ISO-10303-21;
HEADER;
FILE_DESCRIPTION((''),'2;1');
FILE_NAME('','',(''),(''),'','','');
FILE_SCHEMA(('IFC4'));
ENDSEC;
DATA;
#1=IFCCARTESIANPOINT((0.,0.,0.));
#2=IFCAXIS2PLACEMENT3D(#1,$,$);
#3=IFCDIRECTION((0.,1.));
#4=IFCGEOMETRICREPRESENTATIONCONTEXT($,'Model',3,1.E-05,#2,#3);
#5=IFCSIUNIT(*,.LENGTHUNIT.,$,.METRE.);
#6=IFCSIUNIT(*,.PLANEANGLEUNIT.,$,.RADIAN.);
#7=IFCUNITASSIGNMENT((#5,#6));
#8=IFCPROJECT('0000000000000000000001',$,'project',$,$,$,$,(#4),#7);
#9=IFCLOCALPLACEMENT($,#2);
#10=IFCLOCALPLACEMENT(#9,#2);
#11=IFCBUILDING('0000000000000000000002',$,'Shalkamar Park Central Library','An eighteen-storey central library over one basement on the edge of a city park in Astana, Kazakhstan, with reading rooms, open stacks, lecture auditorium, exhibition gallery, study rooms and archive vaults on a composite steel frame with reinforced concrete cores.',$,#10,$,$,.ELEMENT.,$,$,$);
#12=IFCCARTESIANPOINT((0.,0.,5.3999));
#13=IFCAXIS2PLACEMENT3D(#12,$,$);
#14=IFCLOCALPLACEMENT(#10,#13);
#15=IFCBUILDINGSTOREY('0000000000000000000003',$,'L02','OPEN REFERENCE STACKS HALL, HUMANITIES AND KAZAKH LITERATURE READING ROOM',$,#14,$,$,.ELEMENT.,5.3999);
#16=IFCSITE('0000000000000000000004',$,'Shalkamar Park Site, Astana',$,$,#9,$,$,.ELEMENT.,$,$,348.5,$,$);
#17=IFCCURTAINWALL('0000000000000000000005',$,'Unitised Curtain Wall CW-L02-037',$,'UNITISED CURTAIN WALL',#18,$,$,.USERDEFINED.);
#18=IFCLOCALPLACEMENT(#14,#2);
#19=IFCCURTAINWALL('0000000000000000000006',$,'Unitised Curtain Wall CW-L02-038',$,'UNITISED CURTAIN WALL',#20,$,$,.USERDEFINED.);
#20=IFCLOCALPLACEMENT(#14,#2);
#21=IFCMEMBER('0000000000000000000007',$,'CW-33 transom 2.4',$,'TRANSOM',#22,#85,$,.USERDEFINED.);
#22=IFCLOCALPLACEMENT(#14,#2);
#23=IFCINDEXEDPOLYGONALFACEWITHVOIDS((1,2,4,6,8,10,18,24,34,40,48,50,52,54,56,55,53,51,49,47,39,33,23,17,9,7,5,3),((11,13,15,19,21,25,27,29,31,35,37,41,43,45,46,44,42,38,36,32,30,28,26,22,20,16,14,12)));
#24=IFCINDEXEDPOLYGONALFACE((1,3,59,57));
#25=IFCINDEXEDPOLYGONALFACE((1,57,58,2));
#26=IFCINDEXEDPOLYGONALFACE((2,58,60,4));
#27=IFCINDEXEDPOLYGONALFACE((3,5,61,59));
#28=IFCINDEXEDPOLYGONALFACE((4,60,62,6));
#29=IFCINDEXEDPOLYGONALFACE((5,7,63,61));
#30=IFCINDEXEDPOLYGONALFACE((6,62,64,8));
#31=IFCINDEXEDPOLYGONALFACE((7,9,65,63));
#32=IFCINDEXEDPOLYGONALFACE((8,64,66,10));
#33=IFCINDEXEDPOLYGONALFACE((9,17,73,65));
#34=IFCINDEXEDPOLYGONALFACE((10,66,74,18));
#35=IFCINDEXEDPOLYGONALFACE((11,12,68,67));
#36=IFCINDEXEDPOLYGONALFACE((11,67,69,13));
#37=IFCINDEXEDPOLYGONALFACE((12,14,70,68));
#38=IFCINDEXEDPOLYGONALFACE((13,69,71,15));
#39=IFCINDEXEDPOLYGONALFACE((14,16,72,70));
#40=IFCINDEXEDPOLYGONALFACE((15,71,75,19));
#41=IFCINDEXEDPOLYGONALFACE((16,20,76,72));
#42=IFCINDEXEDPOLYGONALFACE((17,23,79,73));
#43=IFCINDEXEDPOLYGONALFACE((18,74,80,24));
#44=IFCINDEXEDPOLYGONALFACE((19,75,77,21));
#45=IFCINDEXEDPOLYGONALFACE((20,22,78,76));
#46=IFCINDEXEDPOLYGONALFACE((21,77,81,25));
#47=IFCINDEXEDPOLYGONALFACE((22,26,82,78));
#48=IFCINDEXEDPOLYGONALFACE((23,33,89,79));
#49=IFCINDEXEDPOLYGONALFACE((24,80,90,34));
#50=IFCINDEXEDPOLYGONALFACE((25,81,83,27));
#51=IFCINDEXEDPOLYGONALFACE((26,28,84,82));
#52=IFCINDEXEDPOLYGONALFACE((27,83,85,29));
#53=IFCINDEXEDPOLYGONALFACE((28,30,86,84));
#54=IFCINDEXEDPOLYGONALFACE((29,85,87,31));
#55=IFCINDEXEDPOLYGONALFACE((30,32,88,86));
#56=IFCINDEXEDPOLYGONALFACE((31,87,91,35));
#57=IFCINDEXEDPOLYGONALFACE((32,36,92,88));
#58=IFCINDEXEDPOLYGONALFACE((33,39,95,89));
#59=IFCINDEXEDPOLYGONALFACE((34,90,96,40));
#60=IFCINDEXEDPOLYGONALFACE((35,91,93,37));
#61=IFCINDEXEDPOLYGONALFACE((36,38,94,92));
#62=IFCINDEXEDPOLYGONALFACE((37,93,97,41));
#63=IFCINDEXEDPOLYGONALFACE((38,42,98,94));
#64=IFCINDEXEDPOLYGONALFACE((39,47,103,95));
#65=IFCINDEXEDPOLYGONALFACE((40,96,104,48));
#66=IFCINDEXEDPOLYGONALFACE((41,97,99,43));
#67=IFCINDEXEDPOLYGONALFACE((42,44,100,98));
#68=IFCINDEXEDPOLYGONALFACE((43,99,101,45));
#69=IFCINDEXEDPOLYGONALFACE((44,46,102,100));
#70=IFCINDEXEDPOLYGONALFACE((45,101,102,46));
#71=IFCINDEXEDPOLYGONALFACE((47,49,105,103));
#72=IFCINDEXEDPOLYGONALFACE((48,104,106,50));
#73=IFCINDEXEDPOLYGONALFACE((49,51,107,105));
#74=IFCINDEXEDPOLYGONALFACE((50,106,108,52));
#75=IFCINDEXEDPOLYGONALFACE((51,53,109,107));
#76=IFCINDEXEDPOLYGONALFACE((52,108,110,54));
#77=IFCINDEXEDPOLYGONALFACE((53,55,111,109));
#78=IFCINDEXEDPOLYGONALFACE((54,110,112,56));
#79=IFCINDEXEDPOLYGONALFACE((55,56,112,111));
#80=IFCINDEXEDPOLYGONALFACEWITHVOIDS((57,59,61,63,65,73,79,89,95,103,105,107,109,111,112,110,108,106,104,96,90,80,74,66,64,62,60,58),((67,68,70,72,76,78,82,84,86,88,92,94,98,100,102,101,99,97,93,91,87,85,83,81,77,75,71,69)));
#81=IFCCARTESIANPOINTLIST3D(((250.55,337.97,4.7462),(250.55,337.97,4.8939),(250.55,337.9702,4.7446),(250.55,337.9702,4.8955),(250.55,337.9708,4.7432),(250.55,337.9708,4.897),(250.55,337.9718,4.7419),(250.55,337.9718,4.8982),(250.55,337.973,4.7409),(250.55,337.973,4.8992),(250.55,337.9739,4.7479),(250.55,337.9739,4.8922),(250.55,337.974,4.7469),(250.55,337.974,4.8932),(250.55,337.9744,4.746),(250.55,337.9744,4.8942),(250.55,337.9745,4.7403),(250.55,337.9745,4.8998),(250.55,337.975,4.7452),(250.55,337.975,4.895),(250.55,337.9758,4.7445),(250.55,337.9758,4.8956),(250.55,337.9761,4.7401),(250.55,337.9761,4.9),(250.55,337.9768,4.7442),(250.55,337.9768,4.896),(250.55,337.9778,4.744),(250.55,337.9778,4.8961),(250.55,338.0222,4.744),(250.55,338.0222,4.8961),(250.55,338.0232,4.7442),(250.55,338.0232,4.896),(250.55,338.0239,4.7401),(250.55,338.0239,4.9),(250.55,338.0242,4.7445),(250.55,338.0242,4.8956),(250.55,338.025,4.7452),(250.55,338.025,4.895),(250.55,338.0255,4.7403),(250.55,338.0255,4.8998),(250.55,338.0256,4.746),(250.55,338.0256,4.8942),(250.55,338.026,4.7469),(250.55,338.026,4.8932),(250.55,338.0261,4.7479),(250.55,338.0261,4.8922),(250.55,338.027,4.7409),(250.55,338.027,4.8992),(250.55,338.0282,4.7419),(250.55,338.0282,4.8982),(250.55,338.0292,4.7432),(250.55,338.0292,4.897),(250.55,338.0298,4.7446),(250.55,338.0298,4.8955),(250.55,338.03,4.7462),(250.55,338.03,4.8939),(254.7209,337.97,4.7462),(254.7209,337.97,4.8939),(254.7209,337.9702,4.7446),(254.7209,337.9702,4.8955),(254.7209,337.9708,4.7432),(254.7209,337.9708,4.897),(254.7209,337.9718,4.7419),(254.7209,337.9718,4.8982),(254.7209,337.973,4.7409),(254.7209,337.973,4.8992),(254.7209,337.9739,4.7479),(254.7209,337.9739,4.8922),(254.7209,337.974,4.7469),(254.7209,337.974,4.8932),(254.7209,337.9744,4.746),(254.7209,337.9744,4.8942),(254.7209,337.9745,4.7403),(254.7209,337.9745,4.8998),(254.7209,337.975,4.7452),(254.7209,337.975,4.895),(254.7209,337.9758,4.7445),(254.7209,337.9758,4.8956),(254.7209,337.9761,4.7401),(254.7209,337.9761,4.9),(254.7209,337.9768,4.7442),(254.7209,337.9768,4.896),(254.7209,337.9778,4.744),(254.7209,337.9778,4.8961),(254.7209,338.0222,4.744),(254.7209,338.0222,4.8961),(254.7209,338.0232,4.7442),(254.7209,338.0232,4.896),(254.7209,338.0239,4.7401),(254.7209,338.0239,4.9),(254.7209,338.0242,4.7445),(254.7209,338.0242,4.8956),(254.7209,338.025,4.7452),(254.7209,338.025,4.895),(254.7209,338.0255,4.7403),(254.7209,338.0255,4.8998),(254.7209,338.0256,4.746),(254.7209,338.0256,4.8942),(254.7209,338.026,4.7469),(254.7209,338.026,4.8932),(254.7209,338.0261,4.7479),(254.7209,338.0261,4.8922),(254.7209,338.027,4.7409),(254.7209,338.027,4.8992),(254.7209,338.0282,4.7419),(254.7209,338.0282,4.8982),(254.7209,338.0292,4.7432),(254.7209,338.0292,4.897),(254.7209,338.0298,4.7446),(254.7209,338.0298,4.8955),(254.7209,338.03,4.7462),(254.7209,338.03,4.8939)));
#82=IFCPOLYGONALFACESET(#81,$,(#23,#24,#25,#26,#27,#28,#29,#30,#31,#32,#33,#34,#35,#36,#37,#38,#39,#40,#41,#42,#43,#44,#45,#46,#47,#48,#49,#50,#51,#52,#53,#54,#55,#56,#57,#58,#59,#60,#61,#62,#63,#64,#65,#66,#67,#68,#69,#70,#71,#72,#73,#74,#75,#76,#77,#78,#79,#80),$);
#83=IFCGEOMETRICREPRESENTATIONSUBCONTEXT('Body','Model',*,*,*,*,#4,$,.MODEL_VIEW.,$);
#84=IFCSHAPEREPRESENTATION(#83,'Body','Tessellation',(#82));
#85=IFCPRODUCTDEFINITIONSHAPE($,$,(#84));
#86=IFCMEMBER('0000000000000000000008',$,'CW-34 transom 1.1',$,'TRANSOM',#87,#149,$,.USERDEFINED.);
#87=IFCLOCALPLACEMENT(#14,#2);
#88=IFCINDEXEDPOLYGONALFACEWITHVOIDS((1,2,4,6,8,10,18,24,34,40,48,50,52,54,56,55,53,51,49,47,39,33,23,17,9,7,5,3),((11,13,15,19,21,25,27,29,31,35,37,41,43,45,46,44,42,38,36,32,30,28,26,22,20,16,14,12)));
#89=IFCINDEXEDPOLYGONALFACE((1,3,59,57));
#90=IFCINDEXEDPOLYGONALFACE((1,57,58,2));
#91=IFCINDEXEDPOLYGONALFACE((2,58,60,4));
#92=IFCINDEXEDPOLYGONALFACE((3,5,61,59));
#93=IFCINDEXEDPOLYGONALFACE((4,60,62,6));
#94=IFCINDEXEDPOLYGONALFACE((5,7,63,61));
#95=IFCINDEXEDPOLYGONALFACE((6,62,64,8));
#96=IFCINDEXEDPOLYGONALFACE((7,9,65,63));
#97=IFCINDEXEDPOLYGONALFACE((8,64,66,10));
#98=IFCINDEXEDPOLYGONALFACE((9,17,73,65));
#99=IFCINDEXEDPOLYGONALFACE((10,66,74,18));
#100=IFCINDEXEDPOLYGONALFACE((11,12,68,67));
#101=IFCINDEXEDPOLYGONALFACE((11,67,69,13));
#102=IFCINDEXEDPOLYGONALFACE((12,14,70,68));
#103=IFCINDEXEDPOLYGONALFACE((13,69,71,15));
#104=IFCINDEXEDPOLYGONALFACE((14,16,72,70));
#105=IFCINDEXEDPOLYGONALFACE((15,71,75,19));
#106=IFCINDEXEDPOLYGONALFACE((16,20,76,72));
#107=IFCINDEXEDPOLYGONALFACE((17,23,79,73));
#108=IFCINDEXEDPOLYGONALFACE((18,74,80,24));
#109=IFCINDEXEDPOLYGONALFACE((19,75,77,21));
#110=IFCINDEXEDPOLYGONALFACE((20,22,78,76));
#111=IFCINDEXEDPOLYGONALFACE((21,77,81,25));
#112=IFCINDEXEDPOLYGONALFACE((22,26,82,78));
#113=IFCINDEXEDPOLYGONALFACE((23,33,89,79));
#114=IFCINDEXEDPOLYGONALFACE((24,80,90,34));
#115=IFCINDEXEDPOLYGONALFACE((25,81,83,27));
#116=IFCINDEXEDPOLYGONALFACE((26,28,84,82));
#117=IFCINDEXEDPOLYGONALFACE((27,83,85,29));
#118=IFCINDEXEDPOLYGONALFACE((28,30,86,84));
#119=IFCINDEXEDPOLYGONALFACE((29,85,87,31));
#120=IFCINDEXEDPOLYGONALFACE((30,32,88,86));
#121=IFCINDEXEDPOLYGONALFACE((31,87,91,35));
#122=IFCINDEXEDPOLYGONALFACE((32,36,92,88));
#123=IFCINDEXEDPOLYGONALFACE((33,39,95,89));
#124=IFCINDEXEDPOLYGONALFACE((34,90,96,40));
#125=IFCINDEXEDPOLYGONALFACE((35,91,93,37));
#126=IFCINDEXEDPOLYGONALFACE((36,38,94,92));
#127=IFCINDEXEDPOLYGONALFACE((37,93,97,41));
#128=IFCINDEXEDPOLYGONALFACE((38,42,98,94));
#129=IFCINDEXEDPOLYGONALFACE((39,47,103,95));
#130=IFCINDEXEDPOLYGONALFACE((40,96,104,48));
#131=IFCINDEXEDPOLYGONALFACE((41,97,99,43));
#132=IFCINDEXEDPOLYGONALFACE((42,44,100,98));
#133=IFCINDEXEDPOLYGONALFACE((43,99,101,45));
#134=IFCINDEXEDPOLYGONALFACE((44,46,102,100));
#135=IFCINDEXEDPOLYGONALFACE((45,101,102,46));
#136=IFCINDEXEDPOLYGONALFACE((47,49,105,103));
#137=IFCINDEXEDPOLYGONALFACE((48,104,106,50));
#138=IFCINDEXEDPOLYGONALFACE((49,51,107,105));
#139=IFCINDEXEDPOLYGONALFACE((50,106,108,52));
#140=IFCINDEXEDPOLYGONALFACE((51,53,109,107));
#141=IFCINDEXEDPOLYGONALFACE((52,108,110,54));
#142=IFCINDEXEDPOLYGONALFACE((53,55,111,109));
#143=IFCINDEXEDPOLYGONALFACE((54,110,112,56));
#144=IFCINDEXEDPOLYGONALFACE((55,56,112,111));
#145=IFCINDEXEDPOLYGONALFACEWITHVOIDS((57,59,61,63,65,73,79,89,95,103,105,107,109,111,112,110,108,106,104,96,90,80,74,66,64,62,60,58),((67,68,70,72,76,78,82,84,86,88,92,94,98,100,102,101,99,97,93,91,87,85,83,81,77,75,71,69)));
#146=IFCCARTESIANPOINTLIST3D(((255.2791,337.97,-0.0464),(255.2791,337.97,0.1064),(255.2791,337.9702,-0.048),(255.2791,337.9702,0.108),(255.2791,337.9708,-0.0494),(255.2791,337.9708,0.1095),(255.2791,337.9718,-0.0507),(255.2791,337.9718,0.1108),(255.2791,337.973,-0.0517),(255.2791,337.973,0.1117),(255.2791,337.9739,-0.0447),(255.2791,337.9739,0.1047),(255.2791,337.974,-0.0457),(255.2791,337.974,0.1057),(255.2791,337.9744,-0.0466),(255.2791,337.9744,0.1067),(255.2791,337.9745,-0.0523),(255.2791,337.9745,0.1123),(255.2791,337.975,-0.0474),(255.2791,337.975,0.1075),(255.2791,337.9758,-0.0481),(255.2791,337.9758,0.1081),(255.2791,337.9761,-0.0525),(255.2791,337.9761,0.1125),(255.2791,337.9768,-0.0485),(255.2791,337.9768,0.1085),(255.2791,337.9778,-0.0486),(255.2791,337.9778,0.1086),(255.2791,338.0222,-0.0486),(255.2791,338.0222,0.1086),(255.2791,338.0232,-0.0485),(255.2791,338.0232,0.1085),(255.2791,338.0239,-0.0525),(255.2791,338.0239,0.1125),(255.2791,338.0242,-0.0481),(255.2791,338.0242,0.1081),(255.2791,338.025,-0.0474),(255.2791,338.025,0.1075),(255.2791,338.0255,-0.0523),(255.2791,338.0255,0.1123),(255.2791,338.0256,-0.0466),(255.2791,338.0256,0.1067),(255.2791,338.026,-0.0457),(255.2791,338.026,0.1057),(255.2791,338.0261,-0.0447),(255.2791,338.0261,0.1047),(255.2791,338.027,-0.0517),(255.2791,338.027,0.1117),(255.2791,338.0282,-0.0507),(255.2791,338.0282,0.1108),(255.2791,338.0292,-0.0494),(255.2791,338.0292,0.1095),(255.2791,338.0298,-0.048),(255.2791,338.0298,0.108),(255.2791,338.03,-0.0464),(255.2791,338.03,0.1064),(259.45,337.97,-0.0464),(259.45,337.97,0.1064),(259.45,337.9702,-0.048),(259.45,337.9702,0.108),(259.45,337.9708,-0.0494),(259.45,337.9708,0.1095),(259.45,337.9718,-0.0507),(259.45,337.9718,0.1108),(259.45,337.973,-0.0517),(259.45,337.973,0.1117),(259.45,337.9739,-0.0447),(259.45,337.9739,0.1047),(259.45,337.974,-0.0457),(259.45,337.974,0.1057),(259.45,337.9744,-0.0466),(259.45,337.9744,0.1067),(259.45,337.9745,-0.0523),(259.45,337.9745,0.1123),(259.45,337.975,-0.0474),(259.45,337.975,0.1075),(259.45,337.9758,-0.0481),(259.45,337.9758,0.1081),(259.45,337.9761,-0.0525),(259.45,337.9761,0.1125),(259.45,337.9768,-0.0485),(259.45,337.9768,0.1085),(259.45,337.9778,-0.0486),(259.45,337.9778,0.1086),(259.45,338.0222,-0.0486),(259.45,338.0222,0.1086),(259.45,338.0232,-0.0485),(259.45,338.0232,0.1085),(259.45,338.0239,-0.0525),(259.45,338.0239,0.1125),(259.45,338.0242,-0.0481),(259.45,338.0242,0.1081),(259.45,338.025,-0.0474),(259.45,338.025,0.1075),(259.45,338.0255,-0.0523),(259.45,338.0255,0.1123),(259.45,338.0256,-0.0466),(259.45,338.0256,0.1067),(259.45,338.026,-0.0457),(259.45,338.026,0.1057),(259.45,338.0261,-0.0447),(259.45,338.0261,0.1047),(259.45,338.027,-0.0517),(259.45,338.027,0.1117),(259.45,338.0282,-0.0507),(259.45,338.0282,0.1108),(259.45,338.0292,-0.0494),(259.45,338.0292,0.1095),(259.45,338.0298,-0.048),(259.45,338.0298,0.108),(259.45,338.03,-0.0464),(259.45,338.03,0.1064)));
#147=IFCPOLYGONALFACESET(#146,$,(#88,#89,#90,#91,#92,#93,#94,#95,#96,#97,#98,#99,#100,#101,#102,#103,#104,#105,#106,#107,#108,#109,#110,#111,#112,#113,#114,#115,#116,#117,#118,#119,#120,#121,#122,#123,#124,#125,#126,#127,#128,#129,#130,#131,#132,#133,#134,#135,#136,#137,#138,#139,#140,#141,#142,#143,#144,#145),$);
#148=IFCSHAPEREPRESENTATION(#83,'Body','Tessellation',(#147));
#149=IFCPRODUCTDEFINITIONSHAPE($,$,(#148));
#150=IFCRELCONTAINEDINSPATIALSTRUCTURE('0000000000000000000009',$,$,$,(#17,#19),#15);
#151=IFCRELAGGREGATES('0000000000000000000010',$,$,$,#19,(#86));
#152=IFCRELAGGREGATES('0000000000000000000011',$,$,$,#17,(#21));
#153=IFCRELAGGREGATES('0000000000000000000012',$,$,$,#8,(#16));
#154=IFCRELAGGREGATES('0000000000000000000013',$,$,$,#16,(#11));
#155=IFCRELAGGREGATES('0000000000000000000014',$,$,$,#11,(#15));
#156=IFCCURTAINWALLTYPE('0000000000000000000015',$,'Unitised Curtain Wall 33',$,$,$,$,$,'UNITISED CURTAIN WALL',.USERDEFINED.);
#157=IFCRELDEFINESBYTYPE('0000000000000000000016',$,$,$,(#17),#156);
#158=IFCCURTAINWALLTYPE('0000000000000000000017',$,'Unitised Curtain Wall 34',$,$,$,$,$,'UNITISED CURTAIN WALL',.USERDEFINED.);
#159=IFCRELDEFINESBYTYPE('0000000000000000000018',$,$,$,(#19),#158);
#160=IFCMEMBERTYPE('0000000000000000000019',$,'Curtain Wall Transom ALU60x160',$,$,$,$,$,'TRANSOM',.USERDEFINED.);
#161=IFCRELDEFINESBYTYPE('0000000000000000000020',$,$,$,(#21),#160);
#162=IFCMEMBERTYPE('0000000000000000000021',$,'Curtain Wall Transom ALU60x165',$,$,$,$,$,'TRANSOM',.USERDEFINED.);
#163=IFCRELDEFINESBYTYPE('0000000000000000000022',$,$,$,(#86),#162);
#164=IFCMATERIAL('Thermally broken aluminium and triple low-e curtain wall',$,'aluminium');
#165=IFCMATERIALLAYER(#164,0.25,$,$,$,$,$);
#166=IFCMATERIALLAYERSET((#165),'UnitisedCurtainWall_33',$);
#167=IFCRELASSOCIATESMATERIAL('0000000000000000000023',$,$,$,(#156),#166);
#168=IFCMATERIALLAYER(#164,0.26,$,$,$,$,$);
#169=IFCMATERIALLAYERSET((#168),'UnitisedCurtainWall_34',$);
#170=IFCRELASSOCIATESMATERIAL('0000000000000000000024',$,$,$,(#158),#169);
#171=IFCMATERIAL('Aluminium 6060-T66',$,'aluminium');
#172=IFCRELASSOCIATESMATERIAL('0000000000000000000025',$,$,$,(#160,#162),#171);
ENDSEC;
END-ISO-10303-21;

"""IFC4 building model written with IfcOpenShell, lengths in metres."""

from ifc_helpers import new_model, si_unit, direction, frame, origin, origin_2d, place, context, subcontext, project, spatial, hollow_rectangle, extrude, material, layer, layer_set, material_profile, profile_set, type_object, element, aggregate, save


model = new_model("IFC4")

# Units and contexts
model_context = context("Model", 3, precision=1e-05, world=origin(), true_north=direction((0.0, 1.0)))
body_context = subcontext(model_context, "Body", "Model", "MODEL_VIEW")
ifc_project = project(units=[si_unit("LENGTHUNIT", "METRE"), si_unit("PLANEANGLEUNIT", "RADIAN")], contexts=[model_context])

# Site, building, storey
site_placement = place(None, origin())
site = spatial("IfcSite", under=ifc_project, at=site_placement, Name="Shalkamar Park Site, Astana", CompositionType="ELEMENT", RefElevation=348.5)
building_placement = place(site_placement, origin())
building = spatial("IfcBuilding", under=site, at=building_placement, Name="Shalkamar Park Central Library", Description="An eighteen-storey central library over one basement on the edge of a city park in Astana, Kazakhstan, with reading rooms, open stacks, lecture auditorium, exhibition gallery, study rooms and archive vaults on a composite steel frame with reinforced concrete cores.", CompositionType="ELEMENT")
storey_placement = place(building_placement, frame((0.0, 0.0, 5.3999)))
storey = spatial("IfcBuildingStorey", under=building, at=storey_placement, Name="L02", Description="OPEN REFERENCE STACKS HALL, HUMANITIES AND KAZAKH LITERATURE READING ROOM", CompositionType="ELEMENT", Elevation=5.3999)

# Curtain walls
ifc_material_1 = material(Name="Thermally broken aluminium and triple low-e curtain wall", Category="aluminium")
ifc_layer_1 = layer(ifc_material_1, 0.25)
ifc_layer_set_1 = layer_set([ifc_layer_1], Name="UnitisedCurtainWall_33")
curtain_wall_type_1 = type_object("IfcCurtainWallType", Name="Unitised Curtain Wall 33", ElementType="UNITISED CURTAIN WALL", PredefinedType="USERDEFINED", material=ifc_layer_set_1)
curtain_wall_1_placement = place(storey_placement, origin())
curtain_wall_1 = element("IfcCurtainWall", 1, at=curtain_wall_1_placement, inside=storey, type_object=curtain_wall_type_1, Name="Unitised Curtain Wall CW-L02-037", ObjectType="UNITISED CURTAIN WALL", PredefinedType="USERDEFINED")
ifc_material_2 = material(Name="Aluminium 6060-T66", Category="aluminium")
ifc_layer_2 = layer(ifc_material_1, 0.26)
ifc_layer_set_2 = layer_set([ifc_layer_2], Name="UnitisedCurtainWall_34")
curtain_wall_type_2 = type_object("IfcCurtainWallType", Name="Unitised Curtain Wall 34", ElementType="UNITISED CURTAIN WALL", PredefinedType="USERDEFINED", material=ifc_layer_set_2)
curtain_wall_2_placement = place(storey_placement, origin())
curtain_wall_2 = element("IfcCurtainWall", 2, at=curtain_wall_2_placement, inside=storey, type_object=curtain_wall_type_2, Name="Unitised Curtain Wall CW-L02-038", ObjectType="UNITISED CURTAIN WALL", PredefinedType="USERDEFINED")

# Members
ifc_material_profile_1 = material_profile(ifc_material_2, hollow_rectangle(XDim=0.0601, YDim=0.1599, WallThickness=0.0039, InnerFilletRadius=0.0039, OuterFilletRadius=0.0061, at=origin_2d()), Name="ALU 60x160x4")
ifc_profile_set_1 = profile_set([ifc_material_profile_1], Name="Aluminium 6060-T66")
member_type_1 = type_object("IfcMemberType", Name="Curtain Wall Transom ALU60x160", ElementType="TRANSOM", PredefinedType="USERDEFINED", material=ifc_profile_set_1)
member_1_placement = place(storey_placement, frame((250.55, 338.0, 4.8201), z_axis=(1.0, 0.0, 0.0), x_axis=(0.0, 1.0, 0.0)))
member_1 = element("IfcMember", 3, at=member_1_placement, type_object=member_type_1, Name="CW-33 transom 2.4", ObjectType="TRANSOM", PredefinedType="USERDEFINED", context=body_context, shape_type="SweptSolid", body=[
    extrude(hollow_rectangle(XDim=0.0601, YDim=0.1599, WallThickness=0.0039, InnerFilletRadius=0.0039, OuterFilletRadius=0.0061, at=origin_2d()), origin(), (0.0, 0.0, 1.0), 4.1709),
])
ifc_material_profile_2 = material_profile(ifc_material_2, hollow_rectangle(XDim=0.0601, YDim=0.165, WallThickness=0.0039, InnerFilletRadius=0.0039, OuterFilletRadius=0.0061, at=origin_2d()), Name="ALU 60x165x4")
ifc_profile_set_2 = profile_set([ifc_material_profile_2], Name="Aluminium 6060-T66")
member_type_2 = type_object("IfcMemberType", Name="Curtain Wall Transom ALU60x165", ElementType="TRANSOM", PredefinedType="USERDEFINED", material=ifc_profile_set_2)
member_2_placement = place(storey_placement, frame((255.2791, 338.0, 0.03), z_axis=(1.0, 0.0, 0.0), x_axis=(0.0, 1.0, 0.0)))
member_2 = element("IfcMember", 4, at=member_2_placement, type_object=member_type_2, Name="CW-34 transom 1.1", ObjectType="TRANSOM", PredefinedType="USERDEFINED", context=body_context, shape_type="SweptSolid", body=[
    extrude(hollow_rectangle(XDim=0.0601, YDim=0.165, WallThickness=0.0039, InnerFilletRadius=0.0039, OuterFilletRadius=0.0061, at=origin_2d()), origin(), (0.0, 0.0, 1.0), 4.1709),
])

aggregate(curtain_wall_2, [member_2])
aggregate(curtain_wall_1, [member_1])

save(model, "model.ifc")
